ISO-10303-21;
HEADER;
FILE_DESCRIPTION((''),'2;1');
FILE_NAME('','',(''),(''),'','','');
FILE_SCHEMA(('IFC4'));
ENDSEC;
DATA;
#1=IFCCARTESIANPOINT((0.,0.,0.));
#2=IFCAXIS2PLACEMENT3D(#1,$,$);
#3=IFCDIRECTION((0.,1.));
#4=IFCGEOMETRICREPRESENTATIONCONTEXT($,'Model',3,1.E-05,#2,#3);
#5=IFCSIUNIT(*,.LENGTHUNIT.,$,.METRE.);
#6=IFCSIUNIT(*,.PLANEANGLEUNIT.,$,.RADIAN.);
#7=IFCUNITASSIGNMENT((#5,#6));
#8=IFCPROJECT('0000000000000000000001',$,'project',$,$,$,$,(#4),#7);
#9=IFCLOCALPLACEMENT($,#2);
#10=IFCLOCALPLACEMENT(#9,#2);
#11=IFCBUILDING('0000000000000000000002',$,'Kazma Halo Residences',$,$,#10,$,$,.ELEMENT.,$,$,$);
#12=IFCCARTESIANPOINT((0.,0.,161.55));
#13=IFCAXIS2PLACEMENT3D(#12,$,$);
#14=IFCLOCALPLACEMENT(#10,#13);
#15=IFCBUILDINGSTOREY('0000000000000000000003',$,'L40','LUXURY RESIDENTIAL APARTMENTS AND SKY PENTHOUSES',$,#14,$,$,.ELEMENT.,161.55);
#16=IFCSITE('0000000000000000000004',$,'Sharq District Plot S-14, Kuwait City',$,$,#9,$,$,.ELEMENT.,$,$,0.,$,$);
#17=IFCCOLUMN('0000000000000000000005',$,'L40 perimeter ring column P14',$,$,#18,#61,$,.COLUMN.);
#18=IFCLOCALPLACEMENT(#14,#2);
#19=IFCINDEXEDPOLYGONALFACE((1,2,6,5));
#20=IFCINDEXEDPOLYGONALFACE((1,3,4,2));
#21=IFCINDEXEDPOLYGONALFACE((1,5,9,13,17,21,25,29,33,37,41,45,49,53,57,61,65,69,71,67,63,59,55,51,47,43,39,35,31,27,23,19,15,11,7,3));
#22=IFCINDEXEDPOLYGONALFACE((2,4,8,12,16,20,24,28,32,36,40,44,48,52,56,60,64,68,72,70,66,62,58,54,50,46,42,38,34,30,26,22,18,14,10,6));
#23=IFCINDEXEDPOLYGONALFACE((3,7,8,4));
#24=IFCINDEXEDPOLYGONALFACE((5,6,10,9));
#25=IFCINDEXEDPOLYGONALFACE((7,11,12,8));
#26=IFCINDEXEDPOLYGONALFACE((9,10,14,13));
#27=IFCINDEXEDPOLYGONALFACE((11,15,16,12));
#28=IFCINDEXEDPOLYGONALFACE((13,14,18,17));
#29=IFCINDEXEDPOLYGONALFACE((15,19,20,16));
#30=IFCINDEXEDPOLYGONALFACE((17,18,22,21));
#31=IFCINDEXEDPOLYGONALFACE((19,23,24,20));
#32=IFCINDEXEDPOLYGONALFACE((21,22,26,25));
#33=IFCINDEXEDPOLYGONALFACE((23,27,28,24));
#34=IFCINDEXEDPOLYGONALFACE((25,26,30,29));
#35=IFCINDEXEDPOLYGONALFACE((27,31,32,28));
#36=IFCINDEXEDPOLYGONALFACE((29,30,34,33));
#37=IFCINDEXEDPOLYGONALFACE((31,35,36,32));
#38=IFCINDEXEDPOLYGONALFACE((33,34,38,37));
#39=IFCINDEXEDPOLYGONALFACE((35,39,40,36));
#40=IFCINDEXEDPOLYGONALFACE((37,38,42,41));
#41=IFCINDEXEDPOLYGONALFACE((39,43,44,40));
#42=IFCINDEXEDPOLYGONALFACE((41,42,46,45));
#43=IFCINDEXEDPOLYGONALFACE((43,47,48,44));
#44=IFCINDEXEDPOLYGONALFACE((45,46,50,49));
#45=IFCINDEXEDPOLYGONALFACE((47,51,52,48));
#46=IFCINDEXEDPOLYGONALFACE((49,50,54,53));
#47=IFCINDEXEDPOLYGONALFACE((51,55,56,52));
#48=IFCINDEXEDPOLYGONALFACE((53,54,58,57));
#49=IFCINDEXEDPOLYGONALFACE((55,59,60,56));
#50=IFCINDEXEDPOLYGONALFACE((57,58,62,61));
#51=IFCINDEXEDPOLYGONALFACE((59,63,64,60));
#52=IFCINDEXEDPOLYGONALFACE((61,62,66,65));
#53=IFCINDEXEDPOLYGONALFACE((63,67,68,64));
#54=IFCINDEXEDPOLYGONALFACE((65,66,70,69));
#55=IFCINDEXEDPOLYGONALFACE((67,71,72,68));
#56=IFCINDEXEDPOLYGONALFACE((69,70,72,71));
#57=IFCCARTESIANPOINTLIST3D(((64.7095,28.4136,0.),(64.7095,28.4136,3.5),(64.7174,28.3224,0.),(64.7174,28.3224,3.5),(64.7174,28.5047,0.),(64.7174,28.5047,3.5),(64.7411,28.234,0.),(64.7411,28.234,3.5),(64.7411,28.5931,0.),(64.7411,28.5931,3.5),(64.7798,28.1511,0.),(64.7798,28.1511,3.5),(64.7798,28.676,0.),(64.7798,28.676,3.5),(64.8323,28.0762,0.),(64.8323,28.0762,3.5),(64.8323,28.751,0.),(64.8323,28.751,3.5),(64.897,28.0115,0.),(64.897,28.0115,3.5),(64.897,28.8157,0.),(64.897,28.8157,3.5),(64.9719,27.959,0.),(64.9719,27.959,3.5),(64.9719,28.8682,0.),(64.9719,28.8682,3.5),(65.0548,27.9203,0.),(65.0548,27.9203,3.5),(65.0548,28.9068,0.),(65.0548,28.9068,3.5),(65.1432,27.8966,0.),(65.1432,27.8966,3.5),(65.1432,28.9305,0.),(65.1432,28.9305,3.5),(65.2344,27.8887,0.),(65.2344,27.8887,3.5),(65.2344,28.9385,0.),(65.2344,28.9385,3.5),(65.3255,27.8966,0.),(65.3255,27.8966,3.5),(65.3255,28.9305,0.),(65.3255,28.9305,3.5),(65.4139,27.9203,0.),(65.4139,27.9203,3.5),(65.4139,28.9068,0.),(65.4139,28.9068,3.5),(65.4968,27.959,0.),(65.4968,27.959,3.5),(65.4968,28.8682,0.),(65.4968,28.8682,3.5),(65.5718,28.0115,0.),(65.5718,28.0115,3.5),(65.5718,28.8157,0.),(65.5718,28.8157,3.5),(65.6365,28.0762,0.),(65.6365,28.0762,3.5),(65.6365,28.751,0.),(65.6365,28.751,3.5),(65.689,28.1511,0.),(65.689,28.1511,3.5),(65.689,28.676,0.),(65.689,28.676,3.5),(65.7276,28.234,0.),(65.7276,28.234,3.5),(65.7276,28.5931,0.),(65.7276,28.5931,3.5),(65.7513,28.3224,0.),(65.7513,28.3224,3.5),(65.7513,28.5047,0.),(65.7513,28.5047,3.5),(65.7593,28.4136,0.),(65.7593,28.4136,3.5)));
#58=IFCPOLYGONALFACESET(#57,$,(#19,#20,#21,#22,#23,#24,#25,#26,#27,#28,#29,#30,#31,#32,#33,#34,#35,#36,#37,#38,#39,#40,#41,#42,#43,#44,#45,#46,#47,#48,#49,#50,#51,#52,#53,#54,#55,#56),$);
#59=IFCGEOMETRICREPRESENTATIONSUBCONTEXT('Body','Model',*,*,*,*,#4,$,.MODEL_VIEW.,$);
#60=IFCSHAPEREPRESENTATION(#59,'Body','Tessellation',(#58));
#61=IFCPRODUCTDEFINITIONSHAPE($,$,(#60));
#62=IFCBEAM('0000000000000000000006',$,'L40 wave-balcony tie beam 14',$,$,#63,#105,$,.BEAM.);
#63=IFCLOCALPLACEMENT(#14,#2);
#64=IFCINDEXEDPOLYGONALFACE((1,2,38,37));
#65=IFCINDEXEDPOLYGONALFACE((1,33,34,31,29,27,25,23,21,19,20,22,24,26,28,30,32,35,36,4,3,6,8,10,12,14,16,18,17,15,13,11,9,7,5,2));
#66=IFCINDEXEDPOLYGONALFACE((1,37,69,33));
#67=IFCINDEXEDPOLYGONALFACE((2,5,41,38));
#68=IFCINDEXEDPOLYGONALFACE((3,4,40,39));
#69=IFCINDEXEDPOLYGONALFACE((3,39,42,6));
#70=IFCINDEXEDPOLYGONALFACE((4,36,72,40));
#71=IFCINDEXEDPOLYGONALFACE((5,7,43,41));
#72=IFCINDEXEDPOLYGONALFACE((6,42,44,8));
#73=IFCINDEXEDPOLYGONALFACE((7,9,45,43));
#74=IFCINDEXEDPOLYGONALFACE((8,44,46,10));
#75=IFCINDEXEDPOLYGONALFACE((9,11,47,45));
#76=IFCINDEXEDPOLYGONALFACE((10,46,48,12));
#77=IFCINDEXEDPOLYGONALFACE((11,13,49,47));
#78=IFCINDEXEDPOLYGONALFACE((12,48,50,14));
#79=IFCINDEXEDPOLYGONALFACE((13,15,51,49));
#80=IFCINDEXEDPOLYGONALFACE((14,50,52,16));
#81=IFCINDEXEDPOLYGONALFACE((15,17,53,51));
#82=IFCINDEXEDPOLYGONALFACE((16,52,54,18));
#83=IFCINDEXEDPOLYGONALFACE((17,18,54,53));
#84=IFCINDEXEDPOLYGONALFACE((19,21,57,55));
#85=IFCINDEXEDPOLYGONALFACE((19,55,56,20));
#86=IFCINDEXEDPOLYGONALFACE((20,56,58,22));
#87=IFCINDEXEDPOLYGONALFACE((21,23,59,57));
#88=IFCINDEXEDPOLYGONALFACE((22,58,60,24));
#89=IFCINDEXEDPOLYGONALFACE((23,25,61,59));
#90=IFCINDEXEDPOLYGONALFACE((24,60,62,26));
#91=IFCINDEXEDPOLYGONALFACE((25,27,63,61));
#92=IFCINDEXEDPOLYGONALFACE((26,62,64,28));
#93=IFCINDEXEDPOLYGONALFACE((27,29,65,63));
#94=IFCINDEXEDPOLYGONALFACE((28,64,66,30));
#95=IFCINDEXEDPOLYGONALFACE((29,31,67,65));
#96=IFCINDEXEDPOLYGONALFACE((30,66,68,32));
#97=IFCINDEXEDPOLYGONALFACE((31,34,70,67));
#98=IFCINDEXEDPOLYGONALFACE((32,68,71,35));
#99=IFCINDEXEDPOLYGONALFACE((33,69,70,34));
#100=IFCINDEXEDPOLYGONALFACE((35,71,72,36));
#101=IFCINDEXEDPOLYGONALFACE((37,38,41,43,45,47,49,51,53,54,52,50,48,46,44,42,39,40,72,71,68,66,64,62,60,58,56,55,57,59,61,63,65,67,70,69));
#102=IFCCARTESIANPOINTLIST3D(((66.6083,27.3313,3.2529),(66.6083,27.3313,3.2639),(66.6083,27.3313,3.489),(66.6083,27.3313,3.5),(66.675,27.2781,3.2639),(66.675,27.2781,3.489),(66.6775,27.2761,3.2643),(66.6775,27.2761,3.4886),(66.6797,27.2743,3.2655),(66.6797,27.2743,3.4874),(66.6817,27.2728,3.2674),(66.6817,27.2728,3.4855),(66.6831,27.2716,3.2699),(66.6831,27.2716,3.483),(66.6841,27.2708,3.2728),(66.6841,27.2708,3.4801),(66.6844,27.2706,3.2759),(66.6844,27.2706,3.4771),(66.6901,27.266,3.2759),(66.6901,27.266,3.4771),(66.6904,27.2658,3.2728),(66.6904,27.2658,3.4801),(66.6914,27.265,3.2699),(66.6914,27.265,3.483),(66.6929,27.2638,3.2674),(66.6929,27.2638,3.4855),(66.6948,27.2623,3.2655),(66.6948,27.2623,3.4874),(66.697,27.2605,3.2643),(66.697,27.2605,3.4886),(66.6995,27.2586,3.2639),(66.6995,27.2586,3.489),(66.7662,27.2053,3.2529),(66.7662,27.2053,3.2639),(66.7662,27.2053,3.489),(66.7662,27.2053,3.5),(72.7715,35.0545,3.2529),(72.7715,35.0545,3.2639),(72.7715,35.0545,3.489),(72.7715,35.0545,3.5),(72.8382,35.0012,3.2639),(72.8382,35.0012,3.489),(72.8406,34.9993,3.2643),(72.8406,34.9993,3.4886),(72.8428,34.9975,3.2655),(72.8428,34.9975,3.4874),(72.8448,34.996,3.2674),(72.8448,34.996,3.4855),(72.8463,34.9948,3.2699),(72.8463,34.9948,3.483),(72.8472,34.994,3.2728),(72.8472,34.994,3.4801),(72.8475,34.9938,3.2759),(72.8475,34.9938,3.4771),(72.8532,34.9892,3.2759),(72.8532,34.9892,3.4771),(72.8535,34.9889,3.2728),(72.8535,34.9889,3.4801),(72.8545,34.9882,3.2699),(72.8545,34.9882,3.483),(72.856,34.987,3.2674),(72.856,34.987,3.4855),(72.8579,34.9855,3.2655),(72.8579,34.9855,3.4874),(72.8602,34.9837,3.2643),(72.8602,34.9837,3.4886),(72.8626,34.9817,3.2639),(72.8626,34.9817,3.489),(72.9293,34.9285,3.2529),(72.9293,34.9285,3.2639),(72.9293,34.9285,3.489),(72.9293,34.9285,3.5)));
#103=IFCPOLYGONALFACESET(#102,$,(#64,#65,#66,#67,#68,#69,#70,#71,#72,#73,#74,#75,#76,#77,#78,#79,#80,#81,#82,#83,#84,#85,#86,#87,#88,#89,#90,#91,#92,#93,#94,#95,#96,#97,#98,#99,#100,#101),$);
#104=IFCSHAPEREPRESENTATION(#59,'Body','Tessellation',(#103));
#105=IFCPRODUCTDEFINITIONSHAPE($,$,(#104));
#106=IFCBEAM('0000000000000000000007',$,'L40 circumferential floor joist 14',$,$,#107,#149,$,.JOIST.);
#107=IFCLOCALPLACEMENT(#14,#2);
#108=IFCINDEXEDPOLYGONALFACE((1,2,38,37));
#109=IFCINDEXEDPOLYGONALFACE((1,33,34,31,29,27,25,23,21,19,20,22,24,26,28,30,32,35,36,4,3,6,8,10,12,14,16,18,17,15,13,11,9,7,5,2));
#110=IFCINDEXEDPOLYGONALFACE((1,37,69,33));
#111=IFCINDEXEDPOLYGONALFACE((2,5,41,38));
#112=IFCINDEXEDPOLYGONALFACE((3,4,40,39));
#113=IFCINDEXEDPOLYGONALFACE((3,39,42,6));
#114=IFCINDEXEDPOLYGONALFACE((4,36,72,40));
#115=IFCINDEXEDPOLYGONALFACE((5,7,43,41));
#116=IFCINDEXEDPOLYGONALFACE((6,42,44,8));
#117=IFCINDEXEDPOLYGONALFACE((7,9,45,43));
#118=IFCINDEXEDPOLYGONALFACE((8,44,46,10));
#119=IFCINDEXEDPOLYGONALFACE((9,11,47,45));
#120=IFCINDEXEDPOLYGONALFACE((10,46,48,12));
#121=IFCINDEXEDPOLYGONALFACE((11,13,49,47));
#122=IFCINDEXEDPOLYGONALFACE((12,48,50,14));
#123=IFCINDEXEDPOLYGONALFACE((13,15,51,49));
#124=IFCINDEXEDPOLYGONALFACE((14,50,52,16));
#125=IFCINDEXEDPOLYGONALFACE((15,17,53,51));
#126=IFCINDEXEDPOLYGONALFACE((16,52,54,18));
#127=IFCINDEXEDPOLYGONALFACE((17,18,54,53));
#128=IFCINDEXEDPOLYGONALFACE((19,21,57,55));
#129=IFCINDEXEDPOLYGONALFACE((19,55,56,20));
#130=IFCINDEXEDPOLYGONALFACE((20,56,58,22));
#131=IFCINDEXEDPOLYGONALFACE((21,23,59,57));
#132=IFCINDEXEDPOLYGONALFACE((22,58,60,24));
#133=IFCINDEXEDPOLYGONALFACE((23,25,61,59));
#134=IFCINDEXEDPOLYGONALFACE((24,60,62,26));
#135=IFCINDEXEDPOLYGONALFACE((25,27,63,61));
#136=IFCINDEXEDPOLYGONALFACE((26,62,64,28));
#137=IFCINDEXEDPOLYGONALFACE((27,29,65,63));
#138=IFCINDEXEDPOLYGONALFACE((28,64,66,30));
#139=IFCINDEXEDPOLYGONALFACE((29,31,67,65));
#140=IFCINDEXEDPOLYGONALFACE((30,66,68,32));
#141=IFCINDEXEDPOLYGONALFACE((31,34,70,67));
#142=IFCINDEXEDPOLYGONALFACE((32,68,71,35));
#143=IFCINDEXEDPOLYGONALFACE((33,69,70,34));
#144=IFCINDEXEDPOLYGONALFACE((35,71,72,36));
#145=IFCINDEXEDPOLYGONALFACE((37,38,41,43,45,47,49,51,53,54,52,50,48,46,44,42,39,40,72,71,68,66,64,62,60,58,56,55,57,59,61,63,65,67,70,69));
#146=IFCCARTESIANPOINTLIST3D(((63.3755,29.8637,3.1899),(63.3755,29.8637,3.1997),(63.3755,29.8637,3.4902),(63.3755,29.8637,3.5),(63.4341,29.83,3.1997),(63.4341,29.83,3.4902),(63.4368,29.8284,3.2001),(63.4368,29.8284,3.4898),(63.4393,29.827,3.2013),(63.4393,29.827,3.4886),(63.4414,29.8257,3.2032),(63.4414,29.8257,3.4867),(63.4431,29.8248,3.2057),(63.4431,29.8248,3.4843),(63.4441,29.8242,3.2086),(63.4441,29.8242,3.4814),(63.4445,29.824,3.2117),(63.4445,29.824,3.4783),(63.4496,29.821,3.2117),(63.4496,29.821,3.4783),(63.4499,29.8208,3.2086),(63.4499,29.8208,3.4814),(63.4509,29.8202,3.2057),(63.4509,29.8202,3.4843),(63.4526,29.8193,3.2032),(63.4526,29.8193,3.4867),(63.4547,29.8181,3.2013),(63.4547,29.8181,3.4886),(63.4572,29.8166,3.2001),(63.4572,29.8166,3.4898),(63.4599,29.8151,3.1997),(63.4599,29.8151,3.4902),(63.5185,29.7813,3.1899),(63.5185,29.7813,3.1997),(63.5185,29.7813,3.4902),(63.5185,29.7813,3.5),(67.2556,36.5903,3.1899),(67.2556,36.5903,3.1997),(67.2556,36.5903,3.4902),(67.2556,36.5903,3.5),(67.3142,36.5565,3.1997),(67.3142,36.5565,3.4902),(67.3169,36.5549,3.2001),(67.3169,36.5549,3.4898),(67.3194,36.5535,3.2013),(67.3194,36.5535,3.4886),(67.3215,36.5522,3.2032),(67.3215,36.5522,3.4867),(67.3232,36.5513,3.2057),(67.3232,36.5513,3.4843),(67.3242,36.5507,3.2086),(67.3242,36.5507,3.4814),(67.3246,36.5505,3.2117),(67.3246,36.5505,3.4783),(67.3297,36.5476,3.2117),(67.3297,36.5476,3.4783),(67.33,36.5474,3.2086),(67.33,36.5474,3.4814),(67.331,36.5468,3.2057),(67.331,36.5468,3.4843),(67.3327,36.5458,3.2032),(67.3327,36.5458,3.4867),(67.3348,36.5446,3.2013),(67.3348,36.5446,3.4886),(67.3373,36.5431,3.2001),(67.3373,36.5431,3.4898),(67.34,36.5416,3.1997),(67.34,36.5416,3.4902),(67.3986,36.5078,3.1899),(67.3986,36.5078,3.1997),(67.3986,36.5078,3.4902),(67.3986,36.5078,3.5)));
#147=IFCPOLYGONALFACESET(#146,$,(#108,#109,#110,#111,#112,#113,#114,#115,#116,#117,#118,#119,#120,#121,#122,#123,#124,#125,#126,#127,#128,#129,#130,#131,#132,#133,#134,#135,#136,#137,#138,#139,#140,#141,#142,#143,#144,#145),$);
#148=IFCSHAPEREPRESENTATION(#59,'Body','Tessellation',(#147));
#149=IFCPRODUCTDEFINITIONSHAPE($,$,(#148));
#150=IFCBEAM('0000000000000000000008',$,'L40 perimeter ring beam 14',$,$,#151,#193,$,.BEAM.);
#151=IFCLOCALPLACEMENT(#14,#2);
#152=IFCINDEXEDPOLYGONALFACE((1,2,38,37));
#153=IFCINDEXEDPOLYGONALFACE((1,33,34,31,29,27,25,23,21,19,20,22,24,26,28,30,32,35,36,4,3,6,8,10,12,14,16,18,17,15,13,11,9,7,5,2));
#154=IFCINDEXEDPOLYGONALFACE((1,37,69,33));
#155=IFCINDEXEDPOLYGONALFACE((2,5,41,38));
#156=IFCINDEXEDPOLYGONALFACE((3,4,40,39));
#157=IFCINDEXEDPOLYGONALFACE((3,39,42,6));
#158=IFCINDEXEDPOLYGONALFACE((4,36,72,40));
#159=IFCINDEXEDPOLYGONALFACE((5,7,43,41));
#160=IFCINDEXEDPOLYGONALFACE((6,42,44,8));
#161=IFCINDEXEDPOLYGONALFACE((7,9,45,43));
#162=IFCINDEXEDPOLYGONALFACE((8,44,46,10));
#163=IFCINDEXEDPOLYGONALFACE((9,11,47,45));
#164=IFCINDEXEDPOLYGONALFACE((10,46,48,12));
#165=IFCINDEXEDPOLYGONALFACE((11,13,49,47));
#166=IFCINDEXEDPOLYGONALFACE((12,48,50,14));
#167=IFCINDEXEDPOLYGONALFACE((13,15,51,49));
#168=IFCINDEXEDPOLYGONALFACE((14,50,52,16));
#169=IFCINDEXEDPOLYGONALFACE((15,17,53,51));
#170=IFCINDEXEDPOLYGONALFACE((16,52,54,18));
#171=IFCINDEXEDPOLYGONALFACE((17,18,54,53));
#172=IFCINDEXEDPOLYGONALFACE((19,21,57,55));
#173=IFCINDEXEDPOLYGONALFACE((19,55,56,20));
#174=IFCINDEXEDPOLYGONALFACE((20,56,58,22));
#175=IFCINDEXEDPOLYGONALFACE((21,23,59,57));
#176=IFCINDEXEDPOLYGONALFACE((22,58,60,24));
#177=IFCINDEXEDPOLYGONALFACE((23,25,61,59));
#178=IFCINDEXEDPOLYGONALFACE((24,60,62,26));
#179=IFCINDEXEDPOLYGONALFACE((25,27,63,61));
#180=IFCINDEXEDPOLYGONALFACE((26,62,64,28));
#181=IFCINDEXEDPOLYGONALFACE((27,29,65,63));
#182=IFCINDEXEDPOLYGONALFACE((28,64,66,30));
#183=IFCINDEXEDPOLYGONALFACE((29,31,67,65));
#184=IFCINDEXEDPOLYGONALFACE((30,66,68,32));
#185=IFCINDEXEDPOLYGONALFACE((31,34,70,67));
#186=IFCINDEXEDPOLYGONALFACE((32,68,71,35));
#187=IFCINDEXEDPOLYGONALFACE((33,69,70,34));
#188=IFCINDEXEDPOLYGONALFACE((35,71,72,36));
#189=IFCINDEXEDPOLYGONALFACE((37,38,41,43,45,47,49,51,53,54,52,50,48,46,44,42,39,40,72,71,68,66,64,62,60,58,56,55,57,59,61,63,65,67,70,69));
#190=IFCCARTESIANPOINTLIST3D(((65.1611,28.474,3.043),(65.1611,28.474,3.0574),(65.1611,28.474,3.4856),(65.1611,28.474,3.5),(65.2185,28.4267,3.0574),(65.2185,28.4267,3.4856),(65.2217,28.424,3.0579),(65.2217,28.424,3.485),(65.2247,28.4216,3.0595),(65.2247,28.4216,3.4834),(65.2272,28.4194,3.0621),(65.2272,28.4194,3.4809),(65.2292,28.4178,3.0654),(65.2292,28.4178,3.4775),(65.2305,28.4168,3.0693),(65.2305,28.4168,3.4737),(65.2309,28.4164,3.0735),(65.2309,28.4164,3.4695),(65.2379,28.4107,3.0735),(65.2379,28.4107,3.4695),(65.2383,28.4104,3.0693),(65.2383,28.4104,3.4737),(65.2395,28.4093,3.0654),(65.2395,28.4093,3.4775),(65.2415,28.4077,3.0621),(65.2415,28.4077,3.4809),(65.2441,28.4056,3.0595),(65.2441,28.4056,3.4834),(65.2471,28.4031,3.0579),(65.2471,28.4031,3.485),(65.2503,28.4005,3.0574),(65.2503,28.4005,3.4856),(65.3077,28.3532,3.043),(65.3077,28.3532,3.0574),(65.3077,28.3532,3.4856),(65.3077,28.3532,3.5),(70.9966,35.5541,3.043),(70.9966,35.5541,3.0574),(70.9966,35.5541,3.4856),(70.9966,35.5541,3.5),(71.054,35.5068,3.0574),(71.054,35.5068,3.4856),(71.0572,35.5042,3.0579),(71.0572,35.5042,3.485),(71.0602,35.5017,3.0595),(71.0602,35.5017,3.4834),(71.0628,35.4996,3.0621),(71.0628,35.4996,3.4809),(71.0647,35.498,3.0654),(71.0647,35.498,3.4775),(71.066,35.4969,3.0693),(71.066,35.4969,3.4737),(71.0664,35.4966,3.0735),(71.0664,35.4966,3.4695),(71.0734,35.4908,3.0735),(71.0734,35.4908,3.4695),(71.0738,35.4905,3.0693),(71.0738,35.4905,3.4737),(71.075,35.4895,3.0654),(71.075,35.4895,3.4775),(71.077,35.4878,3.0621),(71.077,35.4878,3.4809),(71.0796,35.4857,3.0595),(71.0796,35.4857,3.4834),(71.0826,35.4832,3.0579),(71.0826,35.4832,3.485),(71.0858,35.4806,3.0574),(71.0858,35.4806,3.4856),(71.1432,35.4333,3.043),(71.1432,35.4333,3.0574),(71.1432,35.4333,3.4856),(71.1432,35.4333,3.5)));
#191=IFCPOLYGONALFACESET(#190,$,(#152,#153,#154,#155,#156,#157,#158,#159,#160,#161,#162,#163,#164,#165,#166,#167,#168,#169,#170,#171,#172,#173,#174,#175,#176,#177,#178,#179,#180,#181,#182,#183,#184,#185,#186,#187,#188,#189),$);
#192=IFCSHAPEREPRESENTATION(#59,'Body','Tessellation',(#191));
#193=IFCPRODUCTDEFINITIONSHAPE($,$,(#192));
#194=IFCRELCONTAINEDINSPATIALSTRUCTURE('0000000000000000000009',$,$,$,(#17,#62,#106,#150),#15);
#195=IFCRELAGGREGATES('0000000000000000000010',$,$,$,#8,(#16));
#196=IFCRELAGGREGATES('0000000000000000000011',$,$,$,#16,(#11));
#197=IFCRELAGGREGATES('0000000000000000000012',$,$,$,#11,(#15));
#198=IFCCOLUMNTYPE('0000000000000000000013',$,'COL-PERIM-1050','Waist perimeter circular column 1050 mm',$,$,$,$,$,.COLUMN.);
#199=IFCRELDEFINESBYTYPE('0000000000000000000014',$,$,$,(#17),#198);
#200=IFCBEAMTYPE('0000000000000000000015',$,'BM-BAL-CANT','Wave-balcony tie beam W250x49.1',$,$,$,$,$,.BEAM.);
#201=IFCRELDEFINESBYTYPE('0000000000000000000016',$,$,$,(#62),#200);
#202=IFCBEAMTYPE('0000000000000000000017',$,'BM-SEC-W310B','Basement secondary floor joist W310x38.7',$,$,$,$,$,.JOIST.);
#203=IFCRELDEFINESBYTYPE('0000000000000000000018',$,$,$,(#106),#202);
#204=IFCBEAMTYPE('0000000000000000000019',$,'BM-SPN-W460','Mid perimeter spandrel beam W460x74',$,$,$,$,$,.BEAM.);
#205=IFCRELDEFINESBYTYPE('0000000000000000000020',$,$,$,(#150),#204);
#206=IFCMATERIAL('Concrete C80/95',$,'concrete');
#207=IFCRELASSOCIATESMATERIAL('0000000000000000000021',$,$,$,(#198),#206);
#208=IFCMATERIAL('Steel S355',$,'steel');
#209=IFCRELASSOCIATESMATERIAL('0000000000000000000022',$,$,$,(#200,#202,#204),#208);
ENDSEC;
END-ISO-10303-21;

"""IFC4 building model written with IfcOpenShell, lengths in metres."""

from ifc_helpers import new_model, si_unit, direction, frame, origin, origin_2d, place, context, subcontext, project, spatial, circle, i_section, extrude, material, material_profile, profile_set, type_object, element, save


model = new_model("IFC4")

# Units and contexts
model_context = context("Model", 3, precision=1e-05, world=origin(), true_north=direction((0.0, 1.0)))
body_context = subcontext(model_context, "Body", "Model", "MODEL_VIEW")
ifc_project = project(units=[si_unit("LENGTHUNIT", "METRE"), si_unit("PLANEANGLEUNIT", "RADIAN")], contexts=[model_context])

# Site, building, storey
site_placement = place(None, origin())
site = spatial("IfcSite", under=ifc_project, at=site_placement, Name="Sharq District Plot S-14, Kuwait City", CompositionType="ELEMENT", RefElevation=0.0)
building_placement = place(site_placement, origin())
building = spatial("IfcBuilding", under=site, at=building_placement, Name="Kazma Halo Residences", CompositionType="ELEMENT")
storey_placement = place(building_placement, frame((0.0, 0.0, 161.55)))
storey = spatial("IfcBuildingStorey", under=building, at=storey_placement, Name="L40", Description="LUXURY RESIDENTIAL APARTMENTS AND SKY PENTHOUSES", CompositionType="ELEMENT", Elevation=161.55)

# Column
ifc_material_1 = material(Name="Concrete C80/95", Category="concrete")
ifc_material_profile_1 = material_profile(ifc_material_1, circle(Radius=0.5249, at=origin_2d()), Name="CIRC1050")
ifc_profile_set_1 = profile_set([ifc_material_profile_1], Name="Concrete C80/95")
column_type = type_object("IfcColumnType", Name="COL-PERIM-1050", Description="Waist perimeter circular column 1050 mm", PredefinedType="COLUMN", material=ifc_profile_set_1)
column_placement = place(storey_placement, frame((65.2344, 28.4136, 0.0), z_axis=(0.0, 0.0, 1.0), x_axis=(1.0, 0.0, 0.0)))
element("IfcColumn", 1, at=column_placement, inside=storey, type_object=column_type, Name="L40 perimeter ring column P14", PredefinedType="COLUMN", context=body_context, shape_type="SweptSolid", body=[
    extrude(circle(Radius=0.5249, at=origin_2d()), origin(), (0.0, 0.0, 1.0), 3.5),
])

# Beams
ifc_material_2 = material(Name="Steel S355", Category="steel")
ifc_material_profile_2 = material_profile(ifc_material_2, i_section(OverallWidth=0.2019, OverallDepth=0.2471, WebThickness=0.0073, FlangeThickness=0.011, FilletRadius=0.012, at=origin_2d()), Name="W250x49.1")
ifc_profile_set_2 = profile_set([ifc_material_profile_2], Name="Steel S355")
beam_type_1 = type_object("IfcBeamType", Name="BM-BAL-CANT", Description="Wave-balcony tie beam W250x49.1", PredefinedType="BEAM", material=ifc_profile_set_2)
beam_1_placement = place(storey_placement, frame((66.6873, 27.2683, 3.3765), z_axis=(0.623742, 0.78163, 0.0), x_axis=(-0.78163, 0.623742, 0.0)))
element("IfcBeam", 2, at=beam_1_placement, inside=storey, type_object=beam_type_1, Name="L40 wave-balcony tie beam 14", PredefinedType="BEAM", context=body_context, shape_type="SweptSolid", body=[
    extrude(i_section(OverallWidth=0.2019, OverallDepth=0.2471, WebThickness=0.0073, FlangeThickness=0.011, FilletRadius=0.012, at=origin_2d()), origin(), (0.0, 0.0, 1.0), 9.8809),
])
ifc_material_profile_3 = material_profile(ifc_material_2, i_section(OverallWidth=0.165, OverallDepth=0.3101, WebThickness=0.0059, FlangeThickness=0.0098, FilletRadius=0.012, at=origin_2d()), Name="W310x38.7")
ifc_profile_set_3 = profile_set([ifc_material_profile_3], Name="Steel S355")
beam_type_2 = type_object("IfcBeamType", Name="BM-SEC-W310B", Description="Basement secondary floor joist W310x38.7", PredefinedType="JOIST", material=ifc_profile_set_3)
beam_2_placement = place(storey_placement, frame((63.447, 29.8225, 3.345), z_axis=(0.499666, 0.866218, 0.0), x_axis=(-0.866218, 0.499666, 0.0)))
element("IfcBeam", 3, at=beam_2_placement, inside=storey, type_object=beam_type_2, Name="L40 circumferential floor joist 14", PredefinedType="JOIST", context=body_context, shape_type="SweptSolid", body=[
    extrude(i_section(OverallWidth=0.165, OverallDepth=0.3101, WebThickness=0.0059, FlangeThickness=0.0098, FilletRadius=0.012, at=origin_2d()), origin(), (0.0, 0.0, 1.0), 7.7654),
])
ifc_material_profile_4 = material_profile(ifc_material_2, i_section(OverallWidth=0.1899, OverallDepth=0.457, WebThickness=0.009, FlangeThickness=0.0144, FilletRadius=0.0161, at=origin_2d()), Name="W460x74")
ifc_profile_set_4 = profile_set([ifc_material_profile_4], Name="Steel S355")
beam_type_3 = type_object("IfcBeamType", Name="BM-SPN-W460", Description="Mid perimeter spandrel beam W460x74", PredefinedType="BEAM", material=ifc_profile_set_4)
beam_3_placement = place(storey_placement, frame((65.2344, 28.4136, 3.2715), z_axis=(0.636019, 0.771674, 0.0), x_axis=(-0.771674, 0.636019, 0.0)))
element("IfcBeam", 4, at=beam_3_placement, inside=storey, type_object=beam_type_3, Name="L40 perimeter ring beam 14", PredefinedType="BEAM", context=body_context, shape_type="SweptSolid", body=[
    extrude(i_section(OverallWidth=0.1899, OverallDepth=0.457, WebThickness=0.009, FlangeThickness=0.0144, FilletRadius=0.0161, at=origin_2d()), origin(), (0.0, 0.0, 1.0), 9.175),
])

save(model, "model.ifc")
